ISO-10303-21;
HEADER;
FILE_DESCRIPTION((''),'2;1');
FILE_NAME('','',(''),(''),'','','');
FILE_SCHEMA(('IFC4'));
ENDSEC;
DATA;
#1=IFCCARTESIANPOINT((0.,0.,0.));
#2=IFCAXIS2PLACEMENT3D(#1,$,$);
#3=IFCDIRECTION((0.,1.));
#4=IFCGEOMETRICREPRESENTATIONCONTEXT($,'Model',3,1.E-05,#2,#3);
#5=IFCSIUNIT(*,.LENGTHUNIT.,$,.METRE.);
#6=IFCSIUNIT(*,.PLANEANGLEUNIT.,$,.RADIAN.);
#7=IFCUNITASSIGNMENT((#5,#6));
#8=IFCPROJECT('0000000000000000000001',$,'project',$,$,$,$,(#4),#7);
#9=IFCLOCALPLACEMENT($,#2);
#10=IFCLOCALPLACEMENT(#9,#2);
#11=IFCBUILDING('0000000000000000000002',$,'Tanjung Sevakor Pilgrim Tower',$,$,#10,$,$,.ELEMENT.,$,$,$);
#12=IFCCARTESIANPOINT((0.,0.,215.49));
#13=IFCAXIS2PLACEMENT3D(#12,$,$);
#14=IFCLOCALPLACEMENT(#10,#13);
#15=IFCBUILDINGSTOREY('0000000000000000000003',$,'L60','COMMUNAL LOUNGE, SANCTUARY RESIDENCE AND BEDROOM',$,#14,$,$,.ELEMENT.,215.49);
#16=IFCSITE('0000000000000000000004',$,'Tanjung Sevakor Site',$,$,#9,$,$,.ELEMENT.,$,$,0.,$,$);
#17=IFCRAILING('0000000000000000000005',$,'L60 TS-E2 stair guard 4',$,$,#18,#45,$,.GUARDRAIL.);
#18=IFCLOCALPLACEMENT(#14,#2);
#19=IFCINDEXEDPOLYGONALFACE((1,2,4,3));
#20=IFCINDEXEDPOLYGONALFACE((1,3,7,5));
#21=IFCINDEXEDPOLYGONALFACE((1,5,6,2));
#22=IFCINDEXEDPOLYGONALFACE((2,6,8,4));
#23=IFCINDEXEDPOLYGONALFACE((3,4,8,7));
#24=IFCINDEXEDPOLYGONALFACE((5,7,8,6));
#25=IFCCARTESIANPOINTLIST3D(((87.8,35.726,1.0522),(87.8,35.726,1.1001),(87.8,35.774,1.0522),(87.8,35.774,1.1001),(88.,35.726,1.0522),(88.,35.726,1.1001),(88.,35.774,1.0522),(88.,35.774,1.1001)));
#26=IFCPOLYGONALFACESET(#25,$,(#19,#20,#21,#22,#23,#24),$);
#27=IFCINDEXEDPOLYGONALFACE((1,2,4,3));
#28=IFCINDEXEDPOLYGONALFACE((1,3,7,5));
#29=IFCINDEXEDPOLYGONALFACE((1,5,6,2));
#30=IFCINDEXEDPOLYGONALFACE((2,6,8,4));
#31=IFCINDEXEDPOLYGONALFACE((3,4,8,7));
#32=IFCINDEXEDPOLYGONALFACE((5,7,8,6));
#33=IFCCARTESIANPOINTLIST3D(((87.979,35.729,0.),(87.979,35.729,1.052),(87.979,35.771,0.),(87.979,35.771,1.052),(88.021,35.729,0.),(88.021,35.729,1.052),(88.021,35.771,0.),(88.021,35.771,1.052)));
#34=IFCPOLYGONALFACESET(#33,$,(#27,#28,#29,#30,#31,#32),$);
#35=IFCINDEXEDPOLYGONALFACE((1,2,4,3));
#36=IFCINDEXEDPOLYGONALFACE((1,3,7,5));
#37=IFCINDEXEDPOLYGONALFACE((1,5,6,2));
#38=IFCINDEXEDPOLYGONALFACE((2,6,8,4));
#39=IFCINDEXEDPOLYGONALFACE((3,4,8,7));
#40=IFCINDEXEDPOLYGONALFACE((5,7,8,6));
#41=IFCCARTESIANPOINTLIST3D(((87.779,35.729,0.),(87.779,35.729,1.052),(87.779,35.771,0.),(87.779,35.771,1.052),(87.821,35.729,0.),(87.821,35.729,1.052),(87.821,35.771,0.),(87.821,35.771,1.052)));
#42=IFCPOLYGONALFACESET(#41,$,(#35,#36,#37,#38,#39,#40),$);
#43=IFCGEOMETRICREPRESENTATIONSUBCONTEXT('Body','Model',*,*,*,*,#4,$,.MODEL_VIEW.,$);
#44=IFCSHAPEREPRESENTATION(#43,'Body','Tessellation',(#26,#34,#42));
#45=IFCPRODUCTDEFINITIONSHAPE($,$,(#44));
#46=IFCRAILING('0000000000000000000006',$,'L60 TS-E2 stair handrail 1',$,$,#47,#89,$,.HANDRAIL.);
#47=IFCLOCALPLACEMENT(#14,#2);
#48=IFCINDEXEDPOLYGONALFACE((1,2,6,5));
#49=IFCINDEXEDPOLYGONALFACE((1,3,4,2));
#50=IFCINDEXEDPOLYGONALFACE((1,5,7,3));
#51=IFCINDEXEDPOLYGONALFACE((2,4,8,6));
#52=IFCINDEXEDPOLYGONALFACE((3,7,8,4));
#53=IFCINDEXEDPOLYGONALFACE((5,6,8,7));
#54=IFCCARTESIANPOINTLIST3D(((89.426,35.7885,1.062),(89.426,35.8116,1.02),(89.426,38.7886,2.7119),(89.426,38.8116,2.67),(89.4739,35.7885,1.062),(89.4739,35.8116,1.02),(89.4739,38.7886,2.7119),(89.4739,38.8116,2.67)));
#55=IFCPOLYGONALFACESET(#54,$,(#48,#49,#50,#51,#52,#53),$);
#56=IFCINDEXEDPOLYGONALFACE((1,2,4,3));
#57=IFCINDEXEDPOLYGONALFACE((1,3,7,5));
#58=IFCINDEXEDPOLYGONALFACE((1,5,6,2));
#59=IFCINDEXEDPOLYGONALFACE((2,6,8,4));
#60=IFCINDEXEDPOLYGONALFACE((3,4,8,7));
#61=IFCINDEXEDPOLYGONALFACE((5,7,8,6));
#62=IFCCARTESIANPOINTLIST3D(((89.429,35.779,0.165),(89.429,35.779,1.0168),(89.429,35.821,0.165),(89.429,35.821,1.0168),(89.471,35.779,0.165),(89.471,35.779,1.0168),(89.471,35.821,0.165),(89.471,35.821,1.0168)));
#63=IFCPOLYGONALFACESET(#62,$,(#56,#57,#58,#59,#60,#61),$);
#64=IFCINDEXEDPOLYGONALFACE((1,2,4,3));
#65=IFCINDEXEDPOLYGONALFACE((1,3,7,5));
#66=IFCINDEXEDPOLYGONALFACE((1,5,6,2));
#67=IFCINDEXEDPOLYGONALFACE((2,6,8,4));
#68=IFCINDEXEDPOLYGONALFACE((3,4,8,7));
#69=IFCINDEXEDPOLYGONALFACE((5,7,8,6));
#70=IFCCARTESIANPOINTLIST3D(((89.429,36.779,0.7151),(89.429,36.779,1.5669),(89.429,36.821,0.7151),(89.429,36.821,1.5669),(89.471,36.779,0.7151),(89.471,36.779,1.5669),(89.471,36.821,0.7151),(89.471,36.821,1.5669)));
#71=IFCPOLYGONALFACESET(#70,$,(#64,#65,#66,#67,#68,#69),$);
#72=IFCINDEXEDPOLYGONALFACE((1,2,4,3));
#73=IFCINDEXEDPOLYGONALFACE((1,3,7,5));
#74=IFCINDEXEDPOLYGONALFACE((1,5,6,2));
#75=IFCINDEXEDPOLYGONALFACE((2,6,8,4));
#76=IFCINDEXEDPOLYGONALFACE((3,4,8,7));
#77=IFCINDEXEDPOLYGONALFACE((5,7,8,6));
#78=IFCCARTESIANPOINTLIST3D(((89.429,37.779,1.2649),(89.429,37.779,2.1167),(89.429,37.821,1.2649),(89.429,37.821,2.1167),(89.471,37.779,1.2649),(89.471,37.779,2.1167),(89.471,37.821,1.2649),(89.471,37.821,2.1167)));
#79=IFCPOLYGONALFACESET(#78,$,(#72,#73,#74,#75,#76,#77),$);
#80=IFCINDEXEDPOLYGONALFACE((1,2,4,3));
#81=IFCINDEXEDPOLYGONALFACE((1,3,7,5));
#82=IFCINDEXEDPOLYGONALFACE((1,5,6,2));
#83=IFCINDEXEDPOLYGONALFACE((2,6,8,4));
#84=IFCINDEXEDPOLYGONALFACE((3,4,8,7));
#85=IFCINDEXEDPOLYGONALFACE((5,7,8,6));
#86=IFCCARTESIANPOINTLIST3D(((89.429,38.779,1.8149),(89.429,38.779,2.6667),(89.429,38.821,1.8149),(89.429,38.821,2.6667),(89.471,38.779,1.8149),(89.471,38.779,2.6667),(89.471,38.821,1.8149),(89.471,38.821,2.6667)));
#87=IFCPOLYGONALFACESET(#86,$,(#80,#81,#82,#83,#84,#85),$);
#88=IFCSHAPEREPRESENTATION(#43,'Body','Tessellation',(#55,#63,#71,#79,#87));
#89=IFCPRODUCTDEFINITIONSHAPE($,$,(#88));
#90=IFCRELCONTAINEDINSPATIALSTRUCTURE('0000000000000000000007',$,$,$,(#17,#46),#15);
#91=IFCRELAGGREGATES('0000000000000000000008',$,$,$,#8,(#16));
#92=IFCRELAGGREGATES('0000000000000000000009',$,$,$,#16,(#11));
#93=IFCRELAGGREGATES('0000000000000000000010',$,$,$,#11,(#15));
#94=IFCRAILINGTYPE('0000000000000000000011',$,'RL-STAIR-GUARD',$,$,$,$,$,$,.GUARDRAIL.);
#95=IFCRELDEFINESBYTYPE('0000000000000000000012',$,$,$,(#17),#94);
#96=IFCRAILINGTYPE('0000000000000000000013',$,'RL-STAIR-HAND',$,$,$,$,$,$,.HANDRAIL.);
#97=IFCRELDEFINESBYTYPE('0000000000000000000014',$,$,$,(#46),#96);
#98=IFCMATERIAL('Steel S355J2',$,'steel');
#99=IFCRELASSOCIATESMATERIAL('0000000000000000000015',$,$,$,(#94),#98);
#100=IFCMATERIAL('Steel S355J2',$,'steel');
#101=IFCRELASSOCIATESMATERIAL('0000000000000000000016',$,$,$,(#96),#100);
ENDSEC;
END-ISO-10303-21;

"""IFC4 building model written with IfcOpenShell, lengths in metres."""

from ifc_helpers import new_model, si_unit, direction, frame, origin, place, context, subcontext, project, spatial, rectangle, extrude, material, type_object, element, save


model = new_model("IFC4")

# Units and contexts
model_context = context("Model", 3, precision=1e-05, world=origin(), true_north=direction((0.0, 1.0)))
body_context = subcontext(model_context, "Body", "Model", "MODEL_VIEW")
ifc_project = project(units=[si_unit("LENGTHUNIT", "METRE"), si_unit("PLANEANGLEUNIT", "RADIAN")], contexts=[model_context])

# Site, building, storey
site_placement = place(None, origin())
site = spatial("IfcSite", under=ifc_project, at=site_placement, Name="Tanjung Sevakor Site", CompositionType="ELEMENT", RefElevation=0.0)
building_placement = place(site_placement, origin())
building = spatial("IfcBuilding", under=site, at=building_placement, Name="Tanjung Sevakor Pilgrim Tower", CompositionType="ELEMENT")
storey_placement = place(building_placement, frame((0.0, 0.0, 215.49)))
storey = spatial("IfcBuildingStorey", under=building, at=storey_placement, Name="L60", Description="COMMUNAL LOUNGE, SANCTUARY RESIDENCE AND BEDROOM", CompositionType="ELEMENT", Elevation=215.49)

# Railings
ifc_material_1 = material(Name="Steel S355J2", Category="steel")
railing_type_1 = type_object("IfcRailingType", Name="RL-STAIR-GUARD", PredefinedType="GUARDRAIL", material=ifc_material_1)
for number, where, name in (
    (1, (88.0, 35.75, 0.0), "L60 TS-E2 stair guard 4"),
):
    element("IfcRailing", number, at=place(storey_placement, frame(where)), inside=storey, type_object=railing_type_1, Name=name, PredefinedType="GUARDRAIL", context=body_context, shape_type="SweptSolid", body=[
        extrude(rectangle(XDim=0.0479, YDim=0.0479), frame((0.0, 0.0, 1.0762), z_axis=(-1.0, 0.0, 0.0), x_axis=(0.0, -1.0, 0.0)), (0.0, 0.0, 1.0), 0.2),
        extrude(rectangle(XDim=0.042, YDim=0.042), origin(), (0.0, 0.0, 1.0), 1.052),
        extrude(rectangle(XDim=0.042, YDim=0.042), frame((-0.2, 0.0, 0.0)), (0.0, 0.0, 1.0), 1.052),
    ])
ifc_material_2 = material(Name="Steel S355J2", Category="steel")
railing_type_2 = type_object("IfcRailingType", Name="RL-STAIR-HAND", PredefinedType="HANDRAIL", material=ifc_material_2)
railing_1_placement = place(storey_placement, frame((89.45, 35.8, 0.165)))
element("IfcRailing", 2, at=railing_1_placement, inside=storey, type_object=railing_type_2, Name="L60 TS-E2 stair handrail 1", PredefinedType="HANDRAIL", context=body_context, shape_type="SweptSolid", body=[
    extrude(rectangle(XDim=0.0479, YDim=0.0479), frame((0.0, 0.0, 0.876), z_axis=(0.0, 0.876228, 0.481897), x_axis=(-1.0, 0.0, 0.0)), (0.0, 0.0, 1.0), 3.4238),
    extrude(rectangle(XDim=0.042, YDim=0.042), origin(), (0.0, 0.0, 1.0), 0.8518),
    extrude(rectangle(XDim=0.042, YDim=0.042), frame((0.0, 1.0, 0.55)), (0.0, 0.0, 1.0), 0.8518),
    extrude(rectangle(XDim=0.042, YDim=0.042), frame((0.0, 2.0, 1.0999)), (0.0, 0.0, 1.0), 0.8518),
    extrude(rectangle(XDim=0.042, YDim=0.042), frame((0.0, 3.0, 1.6499)), (0.0, 0.0, 1.0), 0.8518),
])

save(model, "model.ifc")
